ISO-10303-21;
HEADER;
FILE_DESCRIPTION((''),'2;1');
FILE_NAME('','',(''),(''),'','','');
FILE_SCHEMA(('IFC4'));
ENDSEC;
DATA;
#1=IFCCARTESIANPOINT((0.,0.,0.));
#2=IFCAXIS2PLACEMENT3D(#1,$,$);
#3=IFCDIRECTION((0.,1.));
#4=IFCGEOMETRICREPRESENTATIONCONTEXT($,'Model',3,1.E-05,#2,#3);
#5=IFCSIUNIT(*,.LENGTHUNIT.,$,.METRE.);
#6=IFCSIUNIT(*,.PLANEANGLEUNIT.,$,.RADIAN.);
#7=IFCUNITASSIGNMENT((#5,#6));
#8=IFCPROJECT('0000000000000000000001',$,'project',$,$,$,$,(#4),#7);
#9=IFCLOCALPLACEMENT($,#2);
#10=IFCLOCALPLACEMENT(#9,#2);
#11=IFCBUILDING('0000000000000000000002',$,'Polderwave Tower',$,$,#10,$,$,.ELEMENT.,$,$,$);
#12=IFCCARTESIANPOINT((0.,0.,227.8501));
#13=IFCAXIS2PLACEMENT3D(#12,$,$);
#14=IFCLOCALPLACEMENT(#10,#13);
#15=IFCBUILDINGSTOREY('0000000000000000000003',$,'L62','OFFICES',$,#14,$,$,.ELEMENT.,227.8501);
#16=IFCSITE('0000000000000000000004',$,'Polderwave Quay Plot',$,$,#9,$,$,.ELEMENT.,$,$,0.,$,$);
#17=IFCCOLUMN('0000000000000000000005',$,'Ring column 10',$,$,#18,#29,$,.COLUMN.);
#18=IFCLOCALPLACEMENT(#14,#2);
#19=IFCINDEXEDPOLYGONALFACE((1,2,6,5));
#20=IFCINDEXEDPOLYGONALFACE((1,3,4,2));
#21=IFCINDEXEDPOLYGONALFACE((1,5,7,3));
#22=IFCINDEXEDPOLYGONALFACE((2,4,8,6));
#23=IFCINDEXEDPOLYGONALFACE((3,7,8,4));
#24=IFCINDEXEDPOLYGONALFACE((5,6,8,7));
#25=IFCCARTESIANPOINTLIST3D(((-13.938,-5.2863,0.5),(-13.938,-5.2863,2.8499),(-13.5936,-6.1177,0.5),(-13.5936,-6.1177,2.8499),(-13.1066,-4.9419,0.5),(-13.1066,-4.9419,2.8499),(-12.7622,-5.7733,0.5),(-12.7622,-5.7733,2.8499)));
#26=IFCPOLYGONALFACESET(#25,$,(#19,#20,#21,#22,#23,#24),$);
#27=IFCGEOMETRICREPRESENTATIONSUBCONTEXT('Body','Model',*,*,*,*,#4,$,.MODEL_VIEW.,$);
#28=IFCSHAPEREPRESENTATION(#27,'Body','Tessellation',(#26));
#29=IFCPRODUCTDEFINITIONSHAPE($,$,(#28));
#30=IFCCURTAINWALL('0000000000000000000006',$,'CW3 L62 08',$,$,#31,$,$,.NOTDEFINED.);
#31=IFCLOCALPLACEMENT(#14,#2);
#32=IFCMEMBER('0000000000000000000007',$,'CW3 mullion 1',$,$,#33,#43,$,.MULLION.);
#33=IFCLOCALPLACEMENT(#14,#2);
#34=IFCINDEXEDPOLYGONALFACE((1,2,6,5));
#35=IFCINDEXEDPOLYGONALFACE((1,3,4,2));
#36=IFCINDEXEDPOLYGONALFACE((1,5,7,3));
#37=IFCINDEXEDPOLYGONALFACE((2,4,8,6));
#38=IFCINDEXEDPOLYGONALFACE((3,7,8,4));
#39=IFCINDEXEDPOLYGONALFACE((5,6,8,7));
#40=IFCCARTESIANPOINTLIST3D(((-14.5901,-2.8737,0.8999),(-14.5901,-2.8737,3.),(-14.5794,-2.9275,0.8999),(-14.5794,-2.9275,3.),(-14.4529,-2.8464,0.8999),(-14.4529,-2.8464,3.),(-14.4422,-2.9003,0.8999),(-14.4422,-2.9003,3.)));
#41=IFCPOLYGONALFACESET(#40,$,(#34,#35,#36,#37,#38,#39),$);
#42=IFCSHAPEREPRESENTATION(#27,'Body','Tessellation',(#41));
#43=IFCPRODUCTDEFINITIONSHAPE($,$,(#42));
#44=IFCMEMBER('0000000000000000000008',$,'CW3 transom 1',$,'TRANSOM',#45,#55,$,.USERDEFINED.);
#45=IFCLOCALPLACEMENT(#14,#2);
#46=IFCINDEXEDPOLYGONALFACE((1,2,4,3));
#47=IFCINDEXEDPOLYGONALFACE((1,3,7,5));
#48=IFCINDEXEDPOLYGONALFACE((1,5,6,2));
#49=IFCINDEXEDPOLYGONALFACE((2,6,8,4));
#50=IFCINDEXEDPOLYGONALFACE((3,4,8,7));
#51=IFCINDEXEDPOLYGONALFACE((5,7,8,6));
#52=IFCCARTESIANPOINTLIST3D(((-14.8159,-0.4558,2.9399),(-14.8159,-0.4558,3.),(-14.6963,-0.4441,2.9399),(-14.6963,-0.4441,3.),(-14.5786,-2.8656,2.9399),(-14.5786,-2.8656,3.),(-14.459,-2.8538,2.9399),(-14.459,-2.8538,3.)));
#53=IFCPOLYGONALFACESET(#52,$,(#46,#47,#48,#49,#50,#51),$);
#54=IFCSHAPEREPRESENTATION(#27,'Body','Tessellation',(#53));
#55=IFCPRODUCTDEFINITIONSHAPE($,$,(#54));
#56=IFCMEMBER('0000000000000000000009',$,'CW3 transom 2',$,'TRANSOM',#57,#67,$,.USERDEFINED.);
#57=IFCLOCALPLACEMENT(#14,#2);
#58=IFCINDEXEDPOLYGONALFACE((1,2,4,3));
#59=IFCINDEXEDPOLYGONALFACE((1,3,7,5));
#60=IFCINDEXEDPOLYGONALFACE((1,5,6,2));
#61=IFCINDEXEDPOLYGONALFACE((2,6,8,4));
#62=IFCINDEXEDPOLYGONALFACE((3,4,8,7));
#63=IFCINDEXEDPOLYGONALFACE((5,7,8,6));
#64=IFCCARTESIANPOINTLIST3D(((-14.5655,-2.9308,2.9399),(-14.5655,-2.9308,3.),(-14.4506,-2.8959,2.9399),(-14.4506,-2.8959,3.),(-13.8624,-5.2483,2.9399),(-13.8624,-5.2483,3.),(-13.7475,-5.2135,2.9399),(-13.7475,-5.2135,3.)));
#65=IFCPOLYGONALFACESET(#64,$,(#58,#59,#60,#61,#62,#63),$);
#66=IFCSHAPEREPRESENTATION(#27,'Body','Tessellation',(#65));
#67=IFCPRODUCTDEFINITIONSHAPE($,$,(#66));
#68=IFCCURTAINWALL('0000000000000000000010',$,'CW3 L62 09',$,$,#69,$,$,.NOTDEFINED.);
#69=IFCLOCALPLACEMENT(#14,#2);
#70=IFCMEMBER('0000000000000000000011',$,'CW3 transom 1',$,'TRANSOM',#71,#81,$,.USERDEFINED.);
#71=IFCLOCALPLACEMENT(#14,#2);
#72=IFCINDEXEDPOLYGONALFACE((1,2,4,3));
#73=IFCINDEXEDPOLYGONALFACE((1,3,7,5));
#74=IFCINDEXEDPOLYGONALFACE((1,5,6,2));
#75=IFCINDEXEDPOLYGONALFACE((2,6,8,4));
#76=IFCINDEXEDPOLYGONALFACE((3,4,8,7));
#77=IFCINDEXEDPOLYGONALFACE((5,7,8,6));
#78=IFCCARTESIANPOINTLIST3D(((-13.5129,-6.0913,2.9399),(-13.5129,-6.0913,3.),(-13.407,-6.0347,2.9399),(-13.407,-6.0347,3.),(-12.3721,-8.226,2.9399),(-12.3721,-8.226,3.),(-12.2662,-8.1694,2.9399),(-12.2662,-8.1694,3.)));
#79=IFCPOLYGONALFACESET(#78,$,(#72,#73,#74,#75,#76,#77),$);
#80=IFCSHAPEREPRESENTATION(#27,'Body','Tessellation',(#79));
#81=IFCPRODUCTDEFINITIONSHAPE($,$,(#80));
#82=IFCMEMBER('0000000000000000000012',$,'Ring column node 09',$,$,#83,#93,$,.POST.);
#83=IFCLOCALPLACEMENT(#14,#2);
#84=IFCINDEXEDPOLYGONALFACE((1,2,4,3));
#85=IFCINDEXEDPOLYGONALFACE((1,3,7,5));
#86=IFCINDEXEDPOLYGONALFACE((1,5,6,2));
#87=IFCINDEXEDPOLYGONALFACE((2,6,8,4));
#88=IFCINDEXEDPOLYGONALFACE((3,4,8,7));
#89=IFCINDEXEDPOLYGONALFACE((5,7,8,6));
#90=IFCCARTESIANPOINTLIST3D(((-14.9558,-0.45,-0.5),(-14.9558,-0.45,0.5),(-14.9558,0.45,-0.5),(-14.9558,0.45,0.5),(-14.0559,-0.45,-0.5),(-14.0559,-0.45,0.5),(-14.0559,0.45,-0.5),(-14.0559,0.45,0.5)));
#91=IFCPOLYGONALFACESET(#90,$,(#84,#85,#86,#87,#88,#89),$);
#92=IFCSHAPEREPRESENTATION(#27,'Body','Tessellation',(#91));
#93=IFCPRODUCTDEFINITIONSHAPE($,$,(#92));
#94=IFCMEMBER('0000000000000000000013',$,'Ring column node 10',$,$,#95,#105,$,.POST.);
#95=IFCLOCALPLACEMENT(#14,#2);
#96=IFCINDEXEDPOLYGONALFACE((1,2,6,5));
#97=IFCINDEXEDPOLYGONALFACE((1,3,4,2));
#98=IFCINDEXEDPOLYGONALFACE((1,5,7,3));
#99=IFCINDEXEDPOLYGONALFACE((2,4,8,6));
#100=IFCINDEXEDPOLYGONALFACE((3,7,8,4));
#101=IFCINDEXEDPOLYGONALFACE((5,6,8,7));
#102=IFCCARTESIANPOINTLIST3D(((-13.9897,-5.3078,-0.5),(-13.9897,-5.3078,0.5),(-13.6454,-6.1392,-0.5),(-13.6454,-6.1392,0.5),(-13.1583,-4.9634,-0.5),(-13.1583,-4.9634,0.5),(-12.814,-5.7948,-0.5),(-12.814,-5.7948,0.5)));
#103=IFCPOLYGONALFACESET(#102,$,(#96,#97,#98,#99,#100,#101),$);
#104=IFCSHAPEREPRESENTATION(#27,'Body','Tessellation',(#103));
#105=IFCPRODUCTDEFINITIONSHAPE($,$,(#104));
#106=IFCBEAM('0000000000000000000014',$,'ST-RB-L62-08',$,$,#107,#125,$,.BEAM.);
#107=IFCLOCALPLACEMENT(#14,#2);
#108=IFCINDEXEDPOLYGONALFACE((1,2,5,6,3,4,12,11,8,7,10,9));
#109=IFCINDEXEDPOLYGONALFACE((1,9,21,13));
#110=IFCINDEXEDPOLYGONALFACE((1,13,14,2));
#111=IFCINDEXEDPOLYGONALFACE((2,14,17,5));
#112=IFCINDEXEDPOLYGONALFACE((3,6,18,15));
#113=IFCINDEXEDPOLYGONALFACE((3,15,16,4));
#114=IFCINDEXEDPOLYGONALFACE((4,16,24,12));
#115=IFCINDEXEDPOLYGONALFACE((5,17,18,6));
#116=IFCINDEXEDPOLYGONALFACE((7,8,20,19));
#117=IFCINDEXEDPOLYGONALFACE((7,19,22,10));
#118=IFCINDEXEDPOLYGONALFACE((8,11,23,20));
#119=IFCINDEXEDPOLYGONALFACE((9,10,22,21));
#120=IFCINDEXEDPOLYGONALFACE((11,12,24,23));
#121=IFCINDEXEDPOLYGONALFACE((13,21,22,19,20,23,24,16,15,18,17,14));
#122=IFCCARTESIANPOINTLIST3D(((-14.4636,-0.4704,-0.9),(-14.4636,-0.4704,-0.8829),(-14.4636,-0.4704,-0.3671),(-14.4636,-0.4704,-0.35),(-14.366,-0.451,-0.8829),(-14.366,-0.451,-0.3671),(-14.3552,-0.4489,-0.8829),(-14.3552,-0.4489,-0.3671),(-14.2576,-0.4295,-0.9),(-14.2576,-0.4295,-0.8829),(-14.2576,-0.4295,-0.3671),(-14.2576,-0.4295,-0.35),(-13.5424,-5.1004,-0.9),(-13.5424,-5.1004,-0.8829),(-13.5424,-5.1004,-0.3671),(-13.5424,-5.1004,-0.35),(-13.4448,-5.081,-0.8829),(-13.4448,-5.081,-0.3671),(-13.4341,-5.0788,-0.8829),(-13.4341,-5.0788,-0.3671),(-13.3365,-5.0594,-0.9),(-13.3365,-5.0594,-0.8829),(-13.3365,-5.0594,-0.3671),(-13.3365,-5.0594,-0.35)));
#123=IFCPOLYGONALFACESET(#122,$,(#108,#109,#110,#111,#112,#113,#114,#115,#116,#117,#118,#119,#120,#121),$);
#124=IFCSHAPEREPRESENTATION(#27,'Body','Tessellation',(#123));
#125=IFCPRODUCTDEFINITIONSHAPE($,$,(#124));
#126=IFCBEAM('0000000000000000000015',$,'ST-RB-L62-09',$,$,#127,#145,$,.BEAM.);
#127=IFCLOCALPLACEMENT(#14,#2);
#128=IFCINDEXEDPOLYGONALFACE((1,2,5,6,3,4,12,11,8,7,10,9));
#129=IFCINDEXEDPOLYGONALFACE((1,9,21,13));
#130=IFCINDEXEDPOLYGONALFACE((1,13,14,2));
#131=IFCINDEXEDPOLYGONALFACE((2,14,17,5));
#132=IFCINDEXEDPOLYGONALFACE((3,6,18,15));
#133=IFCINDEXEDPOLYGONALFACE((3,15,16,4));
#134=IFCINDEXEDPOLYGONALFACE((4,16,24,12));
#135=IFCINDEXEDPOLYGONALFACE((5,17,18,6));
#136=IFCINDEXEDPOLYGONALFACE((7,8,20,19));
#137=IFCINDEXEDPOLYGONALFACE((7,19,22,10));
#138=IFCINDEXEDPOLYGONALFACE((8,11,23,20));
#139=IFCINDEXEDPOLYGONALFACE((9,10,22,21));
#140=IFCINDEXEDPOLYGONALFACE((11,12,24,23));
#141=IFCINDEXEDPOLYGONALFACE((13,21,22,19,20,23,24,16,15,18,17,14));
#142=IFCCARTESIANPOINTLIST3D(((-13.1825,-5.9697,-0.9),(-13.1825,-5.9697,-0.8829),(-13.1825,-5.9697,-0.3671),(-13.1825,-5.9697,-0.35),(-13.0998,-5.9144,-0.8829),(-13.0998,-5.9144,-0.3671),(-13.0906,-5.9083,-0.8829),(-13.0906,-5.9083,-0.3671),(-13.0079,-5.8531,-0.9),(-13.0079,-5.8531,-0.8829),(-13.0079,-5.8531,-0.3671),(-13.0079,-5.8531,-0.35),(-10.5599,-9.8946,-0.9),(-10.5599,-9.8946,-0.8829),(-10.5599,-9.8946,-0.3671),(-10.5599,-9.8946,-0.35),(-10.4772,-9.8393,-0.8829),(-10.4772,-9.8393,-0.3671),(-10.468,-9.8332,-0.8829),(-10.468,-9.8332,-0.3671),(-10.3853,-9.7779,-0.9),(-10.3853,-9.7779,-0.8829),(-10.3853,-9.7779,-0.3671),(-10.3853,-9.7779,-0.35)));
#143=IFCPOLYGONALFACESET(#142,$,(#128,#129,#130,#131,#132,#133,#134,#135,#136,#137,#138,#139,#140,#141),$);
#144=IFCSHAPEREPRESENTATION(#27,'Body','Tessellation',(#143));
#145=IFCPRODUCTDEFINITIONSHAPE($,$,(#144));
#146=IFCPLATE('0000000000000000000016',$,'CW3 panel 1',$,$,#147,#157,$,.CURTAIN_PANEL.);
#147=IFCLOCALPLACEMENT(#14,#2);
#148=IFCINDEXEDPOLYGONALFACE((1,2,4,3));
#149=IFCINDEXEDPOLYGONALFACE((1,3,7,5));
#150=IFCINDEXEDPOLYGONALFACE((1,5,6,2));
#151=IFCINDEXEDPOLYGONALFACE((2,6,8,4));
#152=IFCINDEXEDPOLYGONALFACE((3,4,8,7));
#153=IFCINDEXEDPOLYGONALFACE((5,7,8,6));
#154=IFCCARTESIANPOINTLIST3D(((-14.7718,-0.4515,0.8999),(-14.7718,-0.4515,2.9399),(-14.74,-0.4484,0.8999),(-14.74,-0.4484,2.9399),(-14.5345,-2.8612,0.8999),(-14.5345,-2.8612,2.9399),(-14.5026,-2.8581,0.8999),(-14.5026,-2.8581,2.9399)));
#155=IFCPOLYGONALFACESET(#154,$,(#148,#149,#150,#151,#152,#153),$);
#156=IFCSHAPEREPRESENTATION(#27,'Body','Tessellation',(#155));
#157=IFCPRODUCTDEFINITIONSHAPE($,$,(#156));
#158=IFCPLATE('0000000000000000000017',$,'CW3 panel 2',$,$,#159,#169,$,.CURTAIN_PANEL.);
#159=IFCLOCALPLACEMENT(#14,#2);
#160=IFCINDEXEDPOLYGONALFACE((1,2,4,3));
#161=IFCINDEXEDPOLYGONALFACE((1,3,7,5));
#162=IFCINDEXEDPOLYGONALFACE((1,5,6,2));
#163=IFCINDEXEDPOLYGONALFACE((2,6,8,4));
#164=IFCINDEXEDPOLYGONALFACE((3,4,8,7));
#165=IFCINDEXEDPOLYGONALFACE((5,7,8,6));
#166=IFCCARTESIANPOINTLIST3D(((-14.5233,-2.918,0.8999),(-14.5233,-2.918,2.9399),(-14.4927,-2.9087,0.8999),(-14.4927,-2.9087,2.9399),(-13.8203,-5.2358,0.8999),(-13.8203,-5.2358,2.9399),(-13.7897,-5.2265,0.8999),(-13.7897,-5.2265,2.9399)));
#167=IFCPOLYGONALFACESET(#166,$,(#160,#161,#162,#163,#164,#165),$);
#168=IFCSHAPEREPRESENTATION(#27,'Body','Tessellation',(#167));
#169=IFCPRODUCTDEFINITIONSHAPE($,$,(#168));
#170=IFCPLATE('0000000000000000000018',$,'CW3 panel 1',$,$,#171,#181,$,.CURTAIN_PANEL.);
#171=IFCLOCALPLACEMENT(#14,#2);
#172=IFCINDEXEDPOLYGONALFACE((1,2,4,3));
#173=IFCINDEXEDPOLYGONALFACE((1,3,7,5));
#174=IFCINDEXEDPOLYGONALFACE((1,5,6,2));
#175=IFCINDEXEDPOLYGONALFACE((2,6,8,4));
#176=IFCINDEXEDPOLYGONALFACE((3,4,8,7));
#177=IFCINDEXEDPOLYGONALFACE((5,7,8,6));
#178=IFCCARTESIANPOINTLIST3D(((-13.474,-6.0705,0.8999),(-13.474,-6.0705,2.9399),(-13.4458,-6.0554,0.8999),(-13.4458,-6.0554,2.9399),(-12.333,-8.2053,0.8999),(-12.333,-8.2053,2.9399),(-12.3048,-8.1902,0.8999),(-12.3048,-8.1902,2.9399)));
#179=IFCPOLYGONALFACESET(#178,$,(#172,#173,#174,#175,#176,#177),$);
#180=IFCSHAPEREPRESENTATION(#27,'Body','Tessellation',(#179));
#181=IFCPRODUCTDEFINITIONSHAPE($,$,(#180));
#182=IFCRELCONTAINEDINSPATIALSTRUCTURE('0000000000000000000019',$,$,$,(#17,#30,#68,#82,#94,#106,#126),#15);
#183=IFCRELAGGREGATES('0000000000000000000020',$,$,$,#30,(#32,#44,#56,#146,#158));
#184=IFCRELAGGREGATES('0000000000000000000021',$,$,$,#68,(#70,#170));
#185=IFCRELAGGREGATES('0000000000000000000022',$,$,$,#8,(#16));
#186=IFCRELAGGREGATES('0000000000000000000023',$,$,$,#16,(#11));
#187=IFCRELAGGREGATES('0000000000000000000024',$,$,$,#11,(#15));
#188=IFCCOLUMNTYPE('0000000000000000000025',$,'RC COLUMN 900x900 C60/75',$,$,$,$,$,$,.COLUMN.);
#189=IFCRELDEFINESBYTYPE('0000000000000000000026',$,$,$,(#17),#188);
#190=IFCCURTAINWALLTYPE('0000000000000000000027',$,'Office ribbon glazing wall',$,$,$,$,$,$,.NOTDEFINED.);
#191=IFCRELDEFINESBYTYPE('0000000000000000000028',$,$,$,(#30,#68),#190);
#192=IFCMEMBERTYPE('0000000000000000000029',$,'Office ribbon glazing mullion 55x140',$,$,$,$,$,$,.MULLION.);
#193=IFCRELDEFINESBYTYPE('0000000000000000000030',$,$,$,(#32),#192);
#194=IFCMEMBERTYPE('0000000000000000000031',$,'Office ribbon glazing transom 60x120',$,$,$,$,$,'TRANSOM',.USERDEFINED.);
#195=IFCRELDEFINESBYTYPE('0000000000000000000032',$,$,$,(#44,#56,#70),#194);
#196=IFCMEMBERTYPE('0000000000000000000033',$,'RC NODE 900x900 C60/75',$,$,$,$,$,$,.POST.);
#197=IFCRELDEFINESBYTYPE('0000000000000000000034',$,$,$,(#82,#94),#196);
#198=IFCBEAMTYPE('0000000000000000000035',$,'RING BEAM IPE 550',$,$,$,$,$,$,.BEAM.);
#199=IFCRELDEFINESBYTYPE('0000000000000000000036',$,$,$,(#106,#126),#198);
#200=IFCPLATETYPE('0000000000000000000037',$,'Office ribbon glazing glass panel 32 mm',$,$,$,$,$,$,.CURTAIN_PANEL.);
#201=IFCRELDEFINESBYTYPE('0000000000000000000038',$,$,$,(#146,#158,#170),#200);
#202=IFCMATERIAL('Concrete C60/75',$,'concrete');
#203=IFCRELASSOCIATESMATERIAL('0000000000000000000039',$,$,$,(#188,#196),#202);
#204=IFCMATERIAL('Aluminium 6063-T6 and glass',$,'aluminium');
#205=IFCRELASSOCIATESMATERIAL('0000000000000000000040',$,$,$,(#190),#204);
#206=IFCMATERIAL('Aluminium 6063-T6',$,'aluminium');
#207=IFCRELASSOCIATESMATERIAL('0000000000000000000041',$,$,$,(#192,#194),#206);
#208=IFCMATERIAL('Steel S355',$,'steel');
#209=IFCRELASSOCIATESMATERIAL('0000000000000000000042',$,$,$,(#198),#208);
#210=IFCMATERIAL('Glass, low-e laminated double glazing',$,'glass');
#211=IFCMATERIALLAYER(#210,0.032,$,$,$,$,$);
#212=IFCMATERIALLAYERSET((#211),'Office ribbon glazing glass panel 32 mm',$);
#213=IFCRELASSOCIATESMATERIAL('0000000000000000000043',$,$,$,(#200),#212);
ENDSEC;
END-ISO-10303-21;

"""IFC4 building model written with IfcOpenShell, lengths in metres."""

from ifc_helpers import new_model, si_unit, direction, frame, origin, origin_2d, place, context, subcontext, project, spatial, rectangle, i_section, extrude, material, layer, layer_set, material_profile, profile_set, type_object, element, aggregate, save


model = new_model("IFC4")

# Units and contexts
model_context = context("Model", 3, precision=1e-05, world=origin(), true_north=direction((0.0, 1.0)))
body_context = subcontext(model_context, "Body", "Model", "MODEL_VIEW")
ifc_project = project(units=[si_unit("LENGTHUNIT", "METRE"), si_unit("PLANEANGLEUNIT", "RADIAN")], contexts=[model_context])

# Site, building, storey
site_placement = place(None, origin())
site = spatial("IfcSite", under=ifc_project, at=site_placement, Name="Polderwave Quay Plot", CompositionType="ELEMENT", RefElevation=0.0)
building_placement = place(site_placement, origin())
building = spatial("IfcBuilding", under=site, at=building_placement, Name="Polderwave Tower", CompositionType="ELEMENT")
storey_placement = place(building_placement, frame((0.0, 0.0, 227.8501)))
storey = spatial("IfcBuildingStorey", under=building, at=storey_placement, Name="L62", Description="OFFICES", CompositionType="ELEMENT", Elevation=227.8501)

# Column
ifc_material_1 = material(Name="Concrete C60/75", Category="concrete")
ifc_material_profile_1 = material_profile(ifc_material_1, rectangle(XDim=0.8999, YDim=0.8999, at=origin_2d()), Name="RC 900x900")
ifc_profile_set_1 = profile_set([ifc_material_profile_1], Name="Concrete C60/75")
column_type = type_object("IfcColumnType", Name="RC COLUMN 900x900 C60/75", PredefinedType="COLUMN", material=ifc_profile_set_1)
column_placement = place(storey_placement, frame((-13.3501, -5.5298, 0.5), z_axis=(0.0, 0.0, 1.0), x_axis=(-0.92388, -0.382683, 0.0)))
element("IfcColumn", 1, at=column_placement, inside=storey, type_object=column_type, Name="Ring column 10", PredefinedType="COLUMN", context=body_context, shape_type="SweptSolid", body=[
    extrude(rectangle(XDim=0.8999, YDim=0.8999, at=origin_2d()), origin(), (0.0, 0.0, 1.0), 2.3499),
])

# Curtain wall, members
ifc_material_2 = material(Name="Aluminium 6063-T6 and glass", Category="aluminium")
curtain_wall_type = type_object("IfcCurtainWallType", Name="Office ribbon glazing wall", PredefinedType="NOTDEFINED", material=ifc_material_2)
curtain_wall_1_placement = place(storey_placement, origin())
curtain_wall_1 = element("IfcCurtainWall", 2, at=curtain_wall_1_placement, inside=storey, type_object=curtain_wall_type, Name="CW3 L62 08", PredefinedType="NOTDEFINED")
ifc_material_3 = material(Name="Aluminium 6063-T6", Category="aluminium")
ifc_material_profile_2 = material_profile(ifc_material_3, rectangle(XDim=0.1399, YDim=0.0549, at=origin_2d()), Name="AL 55x140")
ifc_profile_set_2 = profile_set([ifc_material_profile_2], Name="Aluminium 6063-T6")
member_type_1 = type_object("IfcMemberType", Name="Office ribbon glazing mullion 55x140", PredefinedType="MULLION", material=ifc_profile_set_2)
member_1_placement = place(storey_placement, frame((-14.5161, -2.887, 0.8999), z_axis=(0.0, 0.0, 1.0), x_axis=(0.980788, 0.195077, 0.0)))
member_1 = element("IfcMember", 3, at=member_1_placement, type_object=member_type_1, Name="CW3 mullion 1", PredefinedType="MULLION", context=body_context, shape_type="SweptSolid", body=[
    extrude(rectangle(XDim=0.1399, YDim=0.0549, at=origin_2d()), origin(), (0.0, 0.0, 1.0), 2.1001),
])
ifc_material_profile_3 = material_profile(ifc_material_3, rectangle(XDim=0.1201, YDim=0.0601, at=origin_2d()), Name="AL 60x120")
ifc_profile_set_3 = profile_set([ifc_material_profile_3], Name="Aluminium 6063-T6")
member_type_2 = type_object("IfcMemberType", Name="Office ribbon glazing transom 60x120", ElementType="TRANSOM", PredefinedType="USERDEFINED", material=ifc_profile_set_3)
member_2_placement = place(storey_placement, frame((-14.7561, -0.45, 2.97), z_axis=(0.098006, -0.995186, 0.0), x_axis=(0.995186, 0.098006, 0.0)))
member_2 = element("IfcMember", 4, at=member_2_placement, type_object=member_type_2, Name="CW3 transom 1", ObjectType="TRANSOM", PredefinedType="USERDEFINED", context=body_context, shape_type="SweptSolid", body=[
    extrude(rectangle(XDim=0.1201, YDim=0.0601, at=origin_2d()), origin(), (0.0, 0.0, 1.0), 2.4214),
])
member_3_placement = place(storey_placement, frame((-14.5081, -2.9133, 2.97), z_axis=(0.290315, -0.956931, 0.0), x_axis=(0.956931, 0.290315, 0.0)))
member_3 = element("IfcMember", 5, at=member_3_placement, type_object=member_type_2, Name="CW3 transom 2", ObjectType="TRANSOM", PredefinedType="USERDEFINED", context=body_context, shape_type="SweptSolid", body=[
    extrude(rectangle(XDim=0.1201, YDim=0.0601, at=origin_2d()), origin(), (0.0, 0.0, 1.0), 2.4219),
])

# Curtain wall, member
curtain_wall_2_placement = place(storey_placement, origin())
curtain_wall_2 = element("IfcCurtainWall", 6, at=curtain_wall_2_placement, inside=storey, type_object=curtain_wall_type, Name="CW3 L62 09", PredefinedType="NOTDEFINED")
member_4_placement = place(storey_placement, frame((-13.46, -6.063, 2.97), z_axis=(0.471337, -0.881953, 0.0), x_axis=(0.881953, 0.471337, 0.0)))
member_4 = element("IfcMember", 7, at=member_4_placement, type_object=member_type_2, Name="CW3 transom 1", ObjectType="TRANSOM", PredefinedType="USERDEFINED", context=body_context, shape_type="SweptSolid", body=[
    extrude(rectangle(XDim=0.1201, YDim=0.0601, at=origin_2d()), origin(), (0.0, 0.0, 1.0), 2.4204),
])

# Members
ifc_material_profile_4 = material_profile(ifc_material_1, rectangle(XDim=0.8999, YDim=0.8999, at=origin_2d()), Name="RC 900x900")
ifc_profile_set_4 = profile_set([ifc_material_profile_4], Name="Concrete C60/75")
member_type_3 = type_object("IfcMemberType", Name="RC NODE 900x900 C60/75", PredefinedType="POST", material=ifc_profile_set_4)
for number, where, z_axis, x_axis, name in (
    (8, (-14.5059, 0.0, -0.5), (0.0, 0.0, 1.0), (-1.0, 0.0, 0.0), "Ring column node 09"),
    (9, (-13.4019, -5.5513, -0.5), (0.0, 0.0, 1.0), (-0.92388, -0.382683, 0.0), "Ring column node 10"),
):
    element("IfcMember", number, at=place(storey_placement, frame(where, z_axis=z_axis, x_axis=x_axis)), inside=storey, type_object=member_type_3, Name=name, PredefinedType="POST", context=body_context, shape_type="SweptSolid", body=[
        extrude(rectangle(XDim=0.8999, YDim=0.8999, at=origin_2d()), origin(), (0.0, 0.0, 1.0), 1.0),
    ])

# Beams
ifc_material_4 = material(Name="Steel S355", Category="steel")
ifc_material_profile_5 = material_profile(ifc_material_4, i_section(OverallWidth=0.21, OverallDepth=0.55, WebThickness=0.011, FlangeThickness=0.0171, at=origin_2d()), Name="IPE 550")
ifc_profile_set_5 = profile_set([ifc_material_profile_5], Name="Steel S355")
beam_type = type_object("IfcBeamType", Name="RING BEAM IPE 550", PredefinedType="BEAM", material=ifc_profile_set_5)
beam_1_placement = place(storey_placement, frame((-14.3606, -0.45, -0.625), z_axis=(0.195131, -0.980777, 0.0), x_axis=(0.980777, 0.195131, 0.0)))
element("IfcBeam", 10, at=beam_1_placement, inside=storey, type_object=beam_type, Name="ST-RB-L62-08", PredefinedType="BEAM", context=body_context, shape_type="SweptSolid", body=[
    extrude(i_section(OverallWidth=0.21, OverallDepth=0.55, WebThickness=0.011, FlangeThickness=0.0171, at=origin_2d()), origin(), (0.0, 0.0, 1.0), 4.7207),
])
beam_2_placement = place(storey_placement, frame((-13.0952, -5.9114, -0.625), z_axis=(0.555583, -0.831461, 0.0), x_axis=(0.831461, 0.555583, 0.0)))
element("IfcBeam", 11, at=beam_2_placement, inside=storey, type_object=beam_type, Name="ST-RB-L62-09", PredefinedType="BEAM", context=body_context, shape_type="SweptSolid", body=[
    extrude(i_section(OverallWidth=0.21, OverallDepth=0.55, WebThickness=0.011, FlangeThickness=0.0171, at=origin_2d()), origin(), (0.0, 0.0, 1.0), 4.7205),
])

# Plates
ifc_material_5 = material(Name="Glass, low-e laminated double glazing", Category="glass")
ifc_layer_1 = layer(ifc_material_5, 0.032)
ifc_layer_set_1 = layer_set([ifc_layer_1], Name="Office ribbon glazing glass panel 32 mm")
plate_type = type_object("IfcPlateType", Name="Office ribbon glazing glass panel 32 mm", PredefinedType="CURTAIN_PANEL", material=ifc_layer_set_1)
plate_1_placement = place(storey_placement, frame((-14.6372, -1.6548, 0.8999), z_axis=(0.0, 0.0, 1.0), x_axis=(0.098008, -0.995186, 0.0)))
plate_1 = element("IfcPlate", 12, at=plate_1_placement, type_object=plate_type, Name="CW3 panel 1", PredefinedType="CURTAIN_PANEL", context=body_context, shape_type="SweptSolid", body=[
    extrude(rectangle(XDim=2.4214, YDim=0.032, at=origin_2d()), origin(), (0.0, 0.0, 1.0), 2.04),
])
plate_2_placement = place(storey_placement, frame((-14.1565, -4.0723, 0.8999), z_axis=(0.0, 0.0, 1.0), x_axis=(0.290268, -0.956945, 0.0)))
plate_2 = element("IfcPlate", 13, at=plate_2_placement, type_object=plate_type, Name="CW3 panel 2", PredefinedType="CURTAIN_PANEL", context=body_context, shape_type="SweptSolid", body=[
    extrude(rectangle(XDim=2.4221, YDim=0.032, at=origin_2d()), origin(), (0.0, 0.0, 1.0), 2.04),
])
aggregate(curtain_wall_1, [member_1, member_2, member_3, plate_1, plate_2])
plate_3_placement = place(storey_placement, frame((-12.8894, -7.1304, 0.8999), z_axis=(0.0, 0.0, 1.0), x_axis=(0.471394, -0.881923, 0.0)))
plate_3 = element("IfcPlate", 14, at=plate_3_placement, type_object=plate_type, Name="CW3 panel 1", PredefinedType="CURTAIN_PANEL", context=body_context, shape_type="SweptSolid", body=[
    extrude(rectangle(XDim=2.4207, YDim=0.032, at=origin_2d()), origin(), (0.0, 0.0, 1.0), 2.04),
])
aggregate(curtain_wall_2, [member_4, plate_3])

save(model, "model.ifc")
